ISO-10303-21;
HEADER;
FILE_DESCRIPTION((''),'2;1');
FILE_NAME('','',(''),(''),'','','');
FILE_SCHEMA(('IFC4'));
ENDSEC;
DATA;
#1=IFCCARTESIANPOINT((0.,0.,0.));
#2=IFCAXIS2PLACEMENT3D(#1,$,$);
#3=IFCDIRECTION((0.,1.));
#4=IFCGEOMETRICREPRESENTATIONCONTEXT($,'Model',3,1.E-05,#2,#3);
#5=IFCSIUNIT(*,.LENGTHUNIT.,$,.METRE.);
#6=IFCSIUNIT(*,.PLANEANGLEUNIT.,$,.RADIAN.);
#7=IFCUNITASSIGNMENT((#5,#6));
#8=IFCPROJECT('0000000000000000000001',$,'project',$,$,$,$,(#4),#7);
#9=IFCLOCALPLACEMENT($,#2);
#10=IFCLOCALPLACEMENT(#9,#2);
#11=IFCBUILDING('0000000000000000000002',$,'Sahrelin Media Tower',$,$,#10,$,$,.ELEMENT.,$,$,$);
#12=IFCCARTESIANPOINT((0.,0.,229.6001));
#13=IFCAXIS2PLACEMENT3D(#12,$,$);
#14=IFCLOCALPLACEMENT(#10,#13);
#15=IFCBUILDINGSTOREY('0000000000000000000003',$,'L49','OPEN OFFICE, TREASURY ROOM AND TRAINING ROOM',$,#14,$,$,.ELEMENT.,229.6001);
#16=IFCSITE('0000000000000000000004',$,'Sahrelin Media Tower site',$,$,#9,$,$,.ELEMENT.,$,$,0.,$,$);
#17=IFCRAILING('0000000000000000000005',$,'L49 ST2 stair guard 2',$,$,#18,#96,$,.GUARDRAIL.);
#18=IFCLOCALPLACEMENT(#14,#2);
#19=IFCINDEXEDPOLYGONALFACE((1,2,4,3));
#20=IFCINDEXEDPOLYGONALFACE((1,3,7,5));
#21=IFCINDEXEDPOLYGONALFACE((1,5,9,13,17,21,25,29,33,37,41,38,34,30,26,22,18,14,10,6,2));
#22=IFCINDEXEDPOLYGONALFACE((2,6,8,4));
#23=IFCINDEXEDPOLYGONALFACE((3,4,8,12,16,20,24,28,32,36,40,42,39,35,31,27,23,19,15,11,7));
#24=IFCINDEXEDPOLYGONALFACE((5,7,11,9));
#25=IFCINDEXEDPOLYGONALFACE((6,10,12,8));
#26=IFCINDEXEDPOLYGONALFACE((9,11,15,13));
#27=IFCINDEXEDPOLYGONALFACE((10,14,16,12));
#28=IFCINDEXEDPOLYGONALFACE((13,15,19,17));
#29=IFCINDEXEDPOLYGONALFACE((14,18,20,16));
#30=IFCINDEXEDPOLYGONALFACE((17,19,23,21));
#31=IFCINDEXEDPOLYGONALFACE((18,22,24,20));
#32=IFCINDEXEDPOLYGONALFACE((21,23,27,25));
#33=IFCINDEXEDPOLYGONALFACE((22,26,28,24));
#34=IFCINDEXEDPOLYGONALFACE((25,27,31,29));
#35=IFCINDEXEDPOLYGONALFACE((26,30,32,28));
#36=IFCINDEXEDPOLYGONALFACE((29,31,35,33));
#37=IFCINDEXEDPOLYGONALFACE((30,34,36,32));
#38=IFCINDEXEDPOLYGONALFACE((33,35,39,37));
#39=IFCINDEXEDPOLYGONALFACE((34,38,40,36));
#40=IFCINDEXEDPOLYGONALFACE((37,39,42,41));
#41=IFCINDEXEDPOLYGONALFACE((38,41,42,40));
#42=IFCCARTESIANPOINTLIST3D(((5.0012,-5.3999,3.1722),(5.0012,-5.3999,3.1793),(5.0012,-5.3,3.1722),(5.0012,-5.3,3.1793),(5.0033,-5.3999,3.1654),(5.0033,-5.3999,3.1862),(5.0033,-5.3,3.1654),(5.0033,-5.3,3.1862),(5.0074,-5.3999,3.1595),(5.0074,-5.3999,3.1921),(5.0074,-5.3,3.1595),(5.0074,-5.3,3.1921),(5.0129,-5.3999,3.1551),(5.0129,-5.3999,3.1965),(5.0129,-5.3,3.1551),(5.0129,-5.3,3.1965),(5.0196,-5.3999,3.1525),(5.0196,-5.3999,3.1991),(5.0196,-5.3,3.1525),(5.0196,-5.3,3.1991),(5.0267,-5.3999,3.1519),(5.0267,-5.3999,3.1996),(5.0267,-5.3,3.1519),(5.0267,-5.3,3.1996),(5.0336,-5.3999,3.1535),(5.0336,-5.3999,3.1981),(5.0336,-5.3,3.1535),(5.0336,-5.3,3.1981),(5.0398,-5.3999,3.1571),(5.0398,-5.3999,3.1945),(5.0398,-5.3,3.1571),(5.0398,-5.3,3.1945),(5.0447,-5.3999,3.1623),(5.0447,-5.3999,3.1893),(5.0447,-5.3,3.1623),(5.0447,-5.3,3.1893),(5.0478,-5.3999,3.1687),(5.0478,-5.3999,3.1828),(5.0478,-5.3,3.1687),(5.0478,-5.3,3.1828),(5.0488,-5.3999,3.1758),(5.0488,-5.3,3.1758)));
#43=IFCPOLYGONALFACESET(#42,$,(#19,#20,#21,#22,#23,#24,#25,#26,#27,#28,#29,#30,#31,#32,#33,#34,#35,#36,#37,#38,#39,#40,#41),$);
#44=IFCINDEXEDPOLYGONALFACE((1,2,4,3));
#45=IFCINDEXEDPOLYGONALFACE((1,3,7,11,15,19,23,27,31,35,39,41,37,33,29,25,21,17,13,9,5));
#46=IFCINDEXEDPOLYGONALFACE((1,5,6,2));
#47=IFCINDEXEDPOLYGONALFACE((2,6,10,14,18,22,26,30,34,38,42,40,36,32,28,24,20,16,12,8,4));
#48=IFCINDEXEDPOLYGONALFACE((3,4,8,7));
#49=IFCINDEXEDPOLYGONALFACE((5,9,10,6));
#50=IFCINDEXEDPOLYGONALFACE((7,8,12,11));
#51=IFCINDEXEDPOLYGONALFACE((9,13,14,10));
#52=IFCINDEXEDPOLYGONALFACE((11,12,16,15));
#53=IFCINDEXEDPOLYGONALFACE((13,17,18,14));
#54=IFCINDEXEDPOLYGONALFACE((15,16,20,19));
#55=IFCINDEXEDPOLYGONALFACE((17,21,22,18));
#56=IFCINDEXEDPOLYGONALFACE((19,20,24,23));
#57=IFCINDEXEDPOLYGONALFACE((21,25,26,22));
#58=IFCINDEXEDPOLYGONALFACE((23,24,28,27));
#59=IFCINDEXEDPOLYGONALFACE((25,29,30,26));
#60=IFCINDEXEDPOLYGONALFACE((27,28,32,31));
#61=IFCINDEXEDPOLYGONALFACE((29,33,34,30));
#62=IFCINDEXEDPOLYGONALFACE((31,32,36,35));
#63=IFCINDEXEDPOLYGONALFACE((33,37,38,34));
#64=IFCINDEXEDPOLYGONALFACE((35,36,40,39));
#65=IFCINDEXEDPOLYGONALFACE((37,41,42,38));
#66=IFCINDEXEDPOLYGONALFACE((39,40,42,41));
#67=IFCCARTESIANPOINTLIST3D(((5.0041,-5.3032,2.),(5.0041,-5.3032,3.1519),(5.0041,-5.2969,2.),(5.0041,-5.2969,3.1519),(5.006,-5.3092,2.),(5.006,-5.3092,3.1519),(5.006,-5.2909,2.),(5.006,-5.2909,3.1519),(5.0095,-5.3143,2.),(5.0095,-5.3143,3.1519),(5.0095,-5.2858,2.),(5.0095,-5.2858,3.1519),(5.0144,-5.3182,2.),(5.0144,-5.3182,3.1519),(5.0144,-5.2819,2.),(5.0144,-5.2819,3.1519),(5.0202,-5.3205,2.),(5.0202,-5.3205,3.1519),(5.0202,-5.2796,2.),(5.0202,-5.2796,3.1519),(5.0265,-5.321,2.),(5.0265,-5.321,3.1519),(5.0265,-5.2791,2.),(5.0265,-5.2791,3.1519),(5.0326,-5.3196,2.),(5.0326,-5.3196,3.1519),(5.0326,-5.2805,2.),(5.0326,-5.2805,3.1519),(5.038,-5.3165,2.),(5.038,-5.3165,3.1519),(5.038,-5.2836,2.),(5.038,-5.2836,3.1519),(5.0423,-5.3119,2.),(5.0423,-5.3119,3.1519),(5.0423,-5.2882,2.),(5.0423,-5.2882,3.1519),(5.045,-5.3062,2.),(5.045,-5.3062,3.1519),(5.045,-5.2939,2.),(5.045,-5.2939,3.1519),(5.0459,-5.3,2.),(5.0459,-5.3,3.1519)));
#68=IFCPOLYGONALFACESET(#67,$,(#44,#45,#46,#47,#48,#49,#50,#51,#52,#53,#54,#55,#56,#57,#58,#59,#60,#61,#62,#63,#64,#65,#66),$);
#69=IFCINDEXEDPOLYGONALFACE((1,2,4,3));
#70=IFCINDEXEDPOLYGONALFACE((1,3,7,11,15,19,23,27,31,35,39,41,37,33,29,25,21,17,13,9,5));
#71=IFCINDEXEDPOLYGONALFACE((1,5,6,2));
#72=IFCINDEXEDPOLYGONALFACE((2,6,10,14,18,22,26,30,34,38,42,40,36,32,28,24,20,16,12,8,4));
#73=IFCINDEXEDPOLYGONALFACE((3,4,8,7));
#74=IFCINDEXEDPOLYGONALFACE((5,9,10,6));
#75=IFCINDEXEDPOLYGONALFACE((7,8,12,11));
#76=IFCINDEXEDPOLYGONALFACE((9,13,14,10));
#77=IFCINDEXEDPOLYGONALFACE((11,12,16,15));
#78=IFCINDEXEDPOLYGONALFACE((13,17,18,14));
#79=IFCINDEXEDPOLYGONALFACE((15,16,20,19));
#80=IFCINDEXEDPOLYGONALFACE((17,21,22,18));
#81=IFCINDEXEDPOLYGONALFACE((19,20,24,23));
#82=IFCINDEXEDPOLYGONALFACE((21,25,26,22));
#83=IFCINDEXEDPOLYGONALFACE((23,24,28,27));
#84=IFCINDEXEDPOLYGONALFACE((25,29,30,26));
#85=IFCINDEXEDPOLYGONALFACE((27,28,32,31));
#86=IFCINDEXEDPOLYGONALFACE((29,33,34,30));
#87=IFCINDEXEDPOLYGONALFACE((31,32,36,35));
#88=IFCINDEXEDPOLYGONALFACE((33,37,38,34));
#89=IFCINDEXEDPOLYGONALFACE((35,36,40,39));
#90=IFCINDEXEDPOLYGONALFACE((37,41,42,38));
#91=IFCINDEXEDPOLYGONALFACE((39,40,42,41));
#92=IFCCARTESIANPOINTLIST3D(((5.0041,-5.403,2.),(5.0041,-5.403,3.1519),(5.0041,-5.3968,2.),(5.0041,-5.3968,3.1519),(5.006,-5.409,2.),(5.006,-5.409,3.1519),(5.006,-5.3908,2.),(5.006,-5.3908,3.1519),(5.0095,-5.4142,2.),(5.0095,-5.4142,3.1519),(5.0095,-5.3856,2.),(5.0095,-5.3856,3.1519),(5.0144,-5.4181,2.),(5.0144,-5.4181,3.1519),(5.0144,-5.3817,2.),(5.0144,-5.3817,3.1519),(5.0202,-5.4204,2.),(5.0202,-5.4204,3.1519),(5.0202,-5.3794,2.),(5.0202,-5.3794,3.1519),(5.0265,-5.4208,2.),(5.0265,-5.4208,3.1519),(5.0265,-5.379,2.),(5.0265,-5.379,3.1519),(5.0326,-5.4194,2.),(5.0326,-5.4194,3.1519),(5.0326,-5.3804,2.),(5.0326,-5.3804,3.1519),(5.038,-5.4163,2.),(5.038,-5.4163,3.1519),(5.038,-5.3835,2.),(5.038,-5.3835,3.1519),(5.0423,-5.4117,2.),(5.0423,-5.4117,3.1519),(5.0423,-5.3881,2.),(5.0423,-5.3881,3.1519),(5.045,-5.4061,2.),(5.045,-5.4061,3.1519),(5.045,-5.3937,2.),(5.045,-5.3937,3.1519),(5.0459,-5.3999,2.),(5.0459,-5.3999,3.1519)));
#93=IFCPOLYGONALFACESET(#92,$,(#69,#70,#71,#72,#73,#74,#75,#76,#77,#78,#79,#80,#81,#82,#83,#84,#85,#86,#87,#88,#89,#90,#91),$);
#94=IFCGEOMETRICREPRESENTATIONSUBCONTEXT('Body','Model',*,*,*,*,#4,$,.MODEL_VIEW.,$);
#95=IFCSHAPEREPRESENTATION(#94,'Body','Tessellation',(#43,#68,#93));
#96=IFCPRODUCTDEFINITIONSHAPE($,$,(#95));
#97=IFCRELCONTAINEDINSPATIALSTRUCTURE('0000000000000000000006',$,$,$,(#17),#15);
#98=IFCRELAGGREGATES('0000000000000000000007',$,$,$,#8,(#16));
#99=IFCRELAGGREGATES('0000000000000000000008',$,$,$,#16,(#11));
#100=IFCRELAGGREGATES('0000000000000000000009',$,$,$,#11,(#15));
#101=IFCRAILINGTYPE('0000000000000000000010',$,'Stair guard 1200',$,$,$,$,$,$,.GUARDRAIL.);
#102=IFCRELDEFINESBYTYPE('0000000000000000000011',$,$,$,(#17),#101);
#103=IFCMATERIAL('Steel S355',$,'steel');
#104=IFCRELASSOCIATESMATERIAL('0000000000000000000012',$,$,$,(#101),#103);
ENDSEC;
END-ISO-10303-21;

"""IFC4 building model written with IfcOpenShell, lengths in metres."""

from ifc_helpers import new_model, si_unit, direction, frame, origin, origin_2d, place, context, subcontext, project, spatial, circle, extrude, material, type_object, element, save


model = new_model("IFC4")

# Units and contexts
model_context = context("Model", 3, precision=1e-05, world=origin(), true_north=direction((0.0, 1.0)))
body_context = subcontext(model_context, "Body", "Model", "MODEL_VIEW")
ifc_project = project(units=[si_unit("LENGTHUNIT", "METRE"), si_unit("PLANEANGLEUNIT", "RADIAN")], contexts=[model_context])

# Site, building, storey
site_placement = place(None, origin())
site = spatial("IfcSite", under=ifc_project, at=site_placement, Name="Sahrelin Media Tower site", CompositionType="ELEMENT", RefElevation=0.0)
building_placement = place(site_placement, origin())
building = spatial("IfcBuilding", under=site, at=building_placement, Name="Sahrelin Media Tower", CompositionType="ELEMENT")
storey_placement = place(building_placement, frame((0.0, 0.0, 229.6001)))
storey = spatial("IfcBuildingStorey", under=building, at=storey_placement, Name="L49", Description="OPEN OFFICE, TREASURY ROOM AND TRAINING ROOM", CompositionType="ELEMENT", Elevation=229.6001)

# Shared definitions
ifc_material_1 = material(Name="Steel S355", Category="steel")

# Railing
railing_type_1 = type_object("IfcRailingType", Name="Stair guard 1200", PredefinedType="GUARDRAIL", material=ifc_material_1)
railing_1_placement = place(storey_placement, frame((5.0249, -5.3, 2.0)))
element("IfcRailing", 1, at=railing_1_placement, inside=storey, type_object=railing_type_1, Name="L49 ST2 stair guard 2", PredefinedType="GUARDRAIL", context=body_context, shape_type="SweptSolid", body=[
    extrude(circle(Radius=0.0239, at=origin_2d()), frame((0.0, 0.0, 1.1758), z_axis=(0.0, -1.0, 0.0), x_axis=(1.0, 0.0, 0.0)), (0.0, 0.0, 1.0), 0.0999),
    extrude(circle(Radius=0.021, at=origin_2d()), origin(), (0.0, 0.0, 1.0), 1.1519),
    extrude(circle(Radius=0.021, at=origin_2d()), frame((0.0, -0.0999, 0.0)), (0.0, 0.0, 1.0), 1.1519),
])

save(model, "model.ifc")
